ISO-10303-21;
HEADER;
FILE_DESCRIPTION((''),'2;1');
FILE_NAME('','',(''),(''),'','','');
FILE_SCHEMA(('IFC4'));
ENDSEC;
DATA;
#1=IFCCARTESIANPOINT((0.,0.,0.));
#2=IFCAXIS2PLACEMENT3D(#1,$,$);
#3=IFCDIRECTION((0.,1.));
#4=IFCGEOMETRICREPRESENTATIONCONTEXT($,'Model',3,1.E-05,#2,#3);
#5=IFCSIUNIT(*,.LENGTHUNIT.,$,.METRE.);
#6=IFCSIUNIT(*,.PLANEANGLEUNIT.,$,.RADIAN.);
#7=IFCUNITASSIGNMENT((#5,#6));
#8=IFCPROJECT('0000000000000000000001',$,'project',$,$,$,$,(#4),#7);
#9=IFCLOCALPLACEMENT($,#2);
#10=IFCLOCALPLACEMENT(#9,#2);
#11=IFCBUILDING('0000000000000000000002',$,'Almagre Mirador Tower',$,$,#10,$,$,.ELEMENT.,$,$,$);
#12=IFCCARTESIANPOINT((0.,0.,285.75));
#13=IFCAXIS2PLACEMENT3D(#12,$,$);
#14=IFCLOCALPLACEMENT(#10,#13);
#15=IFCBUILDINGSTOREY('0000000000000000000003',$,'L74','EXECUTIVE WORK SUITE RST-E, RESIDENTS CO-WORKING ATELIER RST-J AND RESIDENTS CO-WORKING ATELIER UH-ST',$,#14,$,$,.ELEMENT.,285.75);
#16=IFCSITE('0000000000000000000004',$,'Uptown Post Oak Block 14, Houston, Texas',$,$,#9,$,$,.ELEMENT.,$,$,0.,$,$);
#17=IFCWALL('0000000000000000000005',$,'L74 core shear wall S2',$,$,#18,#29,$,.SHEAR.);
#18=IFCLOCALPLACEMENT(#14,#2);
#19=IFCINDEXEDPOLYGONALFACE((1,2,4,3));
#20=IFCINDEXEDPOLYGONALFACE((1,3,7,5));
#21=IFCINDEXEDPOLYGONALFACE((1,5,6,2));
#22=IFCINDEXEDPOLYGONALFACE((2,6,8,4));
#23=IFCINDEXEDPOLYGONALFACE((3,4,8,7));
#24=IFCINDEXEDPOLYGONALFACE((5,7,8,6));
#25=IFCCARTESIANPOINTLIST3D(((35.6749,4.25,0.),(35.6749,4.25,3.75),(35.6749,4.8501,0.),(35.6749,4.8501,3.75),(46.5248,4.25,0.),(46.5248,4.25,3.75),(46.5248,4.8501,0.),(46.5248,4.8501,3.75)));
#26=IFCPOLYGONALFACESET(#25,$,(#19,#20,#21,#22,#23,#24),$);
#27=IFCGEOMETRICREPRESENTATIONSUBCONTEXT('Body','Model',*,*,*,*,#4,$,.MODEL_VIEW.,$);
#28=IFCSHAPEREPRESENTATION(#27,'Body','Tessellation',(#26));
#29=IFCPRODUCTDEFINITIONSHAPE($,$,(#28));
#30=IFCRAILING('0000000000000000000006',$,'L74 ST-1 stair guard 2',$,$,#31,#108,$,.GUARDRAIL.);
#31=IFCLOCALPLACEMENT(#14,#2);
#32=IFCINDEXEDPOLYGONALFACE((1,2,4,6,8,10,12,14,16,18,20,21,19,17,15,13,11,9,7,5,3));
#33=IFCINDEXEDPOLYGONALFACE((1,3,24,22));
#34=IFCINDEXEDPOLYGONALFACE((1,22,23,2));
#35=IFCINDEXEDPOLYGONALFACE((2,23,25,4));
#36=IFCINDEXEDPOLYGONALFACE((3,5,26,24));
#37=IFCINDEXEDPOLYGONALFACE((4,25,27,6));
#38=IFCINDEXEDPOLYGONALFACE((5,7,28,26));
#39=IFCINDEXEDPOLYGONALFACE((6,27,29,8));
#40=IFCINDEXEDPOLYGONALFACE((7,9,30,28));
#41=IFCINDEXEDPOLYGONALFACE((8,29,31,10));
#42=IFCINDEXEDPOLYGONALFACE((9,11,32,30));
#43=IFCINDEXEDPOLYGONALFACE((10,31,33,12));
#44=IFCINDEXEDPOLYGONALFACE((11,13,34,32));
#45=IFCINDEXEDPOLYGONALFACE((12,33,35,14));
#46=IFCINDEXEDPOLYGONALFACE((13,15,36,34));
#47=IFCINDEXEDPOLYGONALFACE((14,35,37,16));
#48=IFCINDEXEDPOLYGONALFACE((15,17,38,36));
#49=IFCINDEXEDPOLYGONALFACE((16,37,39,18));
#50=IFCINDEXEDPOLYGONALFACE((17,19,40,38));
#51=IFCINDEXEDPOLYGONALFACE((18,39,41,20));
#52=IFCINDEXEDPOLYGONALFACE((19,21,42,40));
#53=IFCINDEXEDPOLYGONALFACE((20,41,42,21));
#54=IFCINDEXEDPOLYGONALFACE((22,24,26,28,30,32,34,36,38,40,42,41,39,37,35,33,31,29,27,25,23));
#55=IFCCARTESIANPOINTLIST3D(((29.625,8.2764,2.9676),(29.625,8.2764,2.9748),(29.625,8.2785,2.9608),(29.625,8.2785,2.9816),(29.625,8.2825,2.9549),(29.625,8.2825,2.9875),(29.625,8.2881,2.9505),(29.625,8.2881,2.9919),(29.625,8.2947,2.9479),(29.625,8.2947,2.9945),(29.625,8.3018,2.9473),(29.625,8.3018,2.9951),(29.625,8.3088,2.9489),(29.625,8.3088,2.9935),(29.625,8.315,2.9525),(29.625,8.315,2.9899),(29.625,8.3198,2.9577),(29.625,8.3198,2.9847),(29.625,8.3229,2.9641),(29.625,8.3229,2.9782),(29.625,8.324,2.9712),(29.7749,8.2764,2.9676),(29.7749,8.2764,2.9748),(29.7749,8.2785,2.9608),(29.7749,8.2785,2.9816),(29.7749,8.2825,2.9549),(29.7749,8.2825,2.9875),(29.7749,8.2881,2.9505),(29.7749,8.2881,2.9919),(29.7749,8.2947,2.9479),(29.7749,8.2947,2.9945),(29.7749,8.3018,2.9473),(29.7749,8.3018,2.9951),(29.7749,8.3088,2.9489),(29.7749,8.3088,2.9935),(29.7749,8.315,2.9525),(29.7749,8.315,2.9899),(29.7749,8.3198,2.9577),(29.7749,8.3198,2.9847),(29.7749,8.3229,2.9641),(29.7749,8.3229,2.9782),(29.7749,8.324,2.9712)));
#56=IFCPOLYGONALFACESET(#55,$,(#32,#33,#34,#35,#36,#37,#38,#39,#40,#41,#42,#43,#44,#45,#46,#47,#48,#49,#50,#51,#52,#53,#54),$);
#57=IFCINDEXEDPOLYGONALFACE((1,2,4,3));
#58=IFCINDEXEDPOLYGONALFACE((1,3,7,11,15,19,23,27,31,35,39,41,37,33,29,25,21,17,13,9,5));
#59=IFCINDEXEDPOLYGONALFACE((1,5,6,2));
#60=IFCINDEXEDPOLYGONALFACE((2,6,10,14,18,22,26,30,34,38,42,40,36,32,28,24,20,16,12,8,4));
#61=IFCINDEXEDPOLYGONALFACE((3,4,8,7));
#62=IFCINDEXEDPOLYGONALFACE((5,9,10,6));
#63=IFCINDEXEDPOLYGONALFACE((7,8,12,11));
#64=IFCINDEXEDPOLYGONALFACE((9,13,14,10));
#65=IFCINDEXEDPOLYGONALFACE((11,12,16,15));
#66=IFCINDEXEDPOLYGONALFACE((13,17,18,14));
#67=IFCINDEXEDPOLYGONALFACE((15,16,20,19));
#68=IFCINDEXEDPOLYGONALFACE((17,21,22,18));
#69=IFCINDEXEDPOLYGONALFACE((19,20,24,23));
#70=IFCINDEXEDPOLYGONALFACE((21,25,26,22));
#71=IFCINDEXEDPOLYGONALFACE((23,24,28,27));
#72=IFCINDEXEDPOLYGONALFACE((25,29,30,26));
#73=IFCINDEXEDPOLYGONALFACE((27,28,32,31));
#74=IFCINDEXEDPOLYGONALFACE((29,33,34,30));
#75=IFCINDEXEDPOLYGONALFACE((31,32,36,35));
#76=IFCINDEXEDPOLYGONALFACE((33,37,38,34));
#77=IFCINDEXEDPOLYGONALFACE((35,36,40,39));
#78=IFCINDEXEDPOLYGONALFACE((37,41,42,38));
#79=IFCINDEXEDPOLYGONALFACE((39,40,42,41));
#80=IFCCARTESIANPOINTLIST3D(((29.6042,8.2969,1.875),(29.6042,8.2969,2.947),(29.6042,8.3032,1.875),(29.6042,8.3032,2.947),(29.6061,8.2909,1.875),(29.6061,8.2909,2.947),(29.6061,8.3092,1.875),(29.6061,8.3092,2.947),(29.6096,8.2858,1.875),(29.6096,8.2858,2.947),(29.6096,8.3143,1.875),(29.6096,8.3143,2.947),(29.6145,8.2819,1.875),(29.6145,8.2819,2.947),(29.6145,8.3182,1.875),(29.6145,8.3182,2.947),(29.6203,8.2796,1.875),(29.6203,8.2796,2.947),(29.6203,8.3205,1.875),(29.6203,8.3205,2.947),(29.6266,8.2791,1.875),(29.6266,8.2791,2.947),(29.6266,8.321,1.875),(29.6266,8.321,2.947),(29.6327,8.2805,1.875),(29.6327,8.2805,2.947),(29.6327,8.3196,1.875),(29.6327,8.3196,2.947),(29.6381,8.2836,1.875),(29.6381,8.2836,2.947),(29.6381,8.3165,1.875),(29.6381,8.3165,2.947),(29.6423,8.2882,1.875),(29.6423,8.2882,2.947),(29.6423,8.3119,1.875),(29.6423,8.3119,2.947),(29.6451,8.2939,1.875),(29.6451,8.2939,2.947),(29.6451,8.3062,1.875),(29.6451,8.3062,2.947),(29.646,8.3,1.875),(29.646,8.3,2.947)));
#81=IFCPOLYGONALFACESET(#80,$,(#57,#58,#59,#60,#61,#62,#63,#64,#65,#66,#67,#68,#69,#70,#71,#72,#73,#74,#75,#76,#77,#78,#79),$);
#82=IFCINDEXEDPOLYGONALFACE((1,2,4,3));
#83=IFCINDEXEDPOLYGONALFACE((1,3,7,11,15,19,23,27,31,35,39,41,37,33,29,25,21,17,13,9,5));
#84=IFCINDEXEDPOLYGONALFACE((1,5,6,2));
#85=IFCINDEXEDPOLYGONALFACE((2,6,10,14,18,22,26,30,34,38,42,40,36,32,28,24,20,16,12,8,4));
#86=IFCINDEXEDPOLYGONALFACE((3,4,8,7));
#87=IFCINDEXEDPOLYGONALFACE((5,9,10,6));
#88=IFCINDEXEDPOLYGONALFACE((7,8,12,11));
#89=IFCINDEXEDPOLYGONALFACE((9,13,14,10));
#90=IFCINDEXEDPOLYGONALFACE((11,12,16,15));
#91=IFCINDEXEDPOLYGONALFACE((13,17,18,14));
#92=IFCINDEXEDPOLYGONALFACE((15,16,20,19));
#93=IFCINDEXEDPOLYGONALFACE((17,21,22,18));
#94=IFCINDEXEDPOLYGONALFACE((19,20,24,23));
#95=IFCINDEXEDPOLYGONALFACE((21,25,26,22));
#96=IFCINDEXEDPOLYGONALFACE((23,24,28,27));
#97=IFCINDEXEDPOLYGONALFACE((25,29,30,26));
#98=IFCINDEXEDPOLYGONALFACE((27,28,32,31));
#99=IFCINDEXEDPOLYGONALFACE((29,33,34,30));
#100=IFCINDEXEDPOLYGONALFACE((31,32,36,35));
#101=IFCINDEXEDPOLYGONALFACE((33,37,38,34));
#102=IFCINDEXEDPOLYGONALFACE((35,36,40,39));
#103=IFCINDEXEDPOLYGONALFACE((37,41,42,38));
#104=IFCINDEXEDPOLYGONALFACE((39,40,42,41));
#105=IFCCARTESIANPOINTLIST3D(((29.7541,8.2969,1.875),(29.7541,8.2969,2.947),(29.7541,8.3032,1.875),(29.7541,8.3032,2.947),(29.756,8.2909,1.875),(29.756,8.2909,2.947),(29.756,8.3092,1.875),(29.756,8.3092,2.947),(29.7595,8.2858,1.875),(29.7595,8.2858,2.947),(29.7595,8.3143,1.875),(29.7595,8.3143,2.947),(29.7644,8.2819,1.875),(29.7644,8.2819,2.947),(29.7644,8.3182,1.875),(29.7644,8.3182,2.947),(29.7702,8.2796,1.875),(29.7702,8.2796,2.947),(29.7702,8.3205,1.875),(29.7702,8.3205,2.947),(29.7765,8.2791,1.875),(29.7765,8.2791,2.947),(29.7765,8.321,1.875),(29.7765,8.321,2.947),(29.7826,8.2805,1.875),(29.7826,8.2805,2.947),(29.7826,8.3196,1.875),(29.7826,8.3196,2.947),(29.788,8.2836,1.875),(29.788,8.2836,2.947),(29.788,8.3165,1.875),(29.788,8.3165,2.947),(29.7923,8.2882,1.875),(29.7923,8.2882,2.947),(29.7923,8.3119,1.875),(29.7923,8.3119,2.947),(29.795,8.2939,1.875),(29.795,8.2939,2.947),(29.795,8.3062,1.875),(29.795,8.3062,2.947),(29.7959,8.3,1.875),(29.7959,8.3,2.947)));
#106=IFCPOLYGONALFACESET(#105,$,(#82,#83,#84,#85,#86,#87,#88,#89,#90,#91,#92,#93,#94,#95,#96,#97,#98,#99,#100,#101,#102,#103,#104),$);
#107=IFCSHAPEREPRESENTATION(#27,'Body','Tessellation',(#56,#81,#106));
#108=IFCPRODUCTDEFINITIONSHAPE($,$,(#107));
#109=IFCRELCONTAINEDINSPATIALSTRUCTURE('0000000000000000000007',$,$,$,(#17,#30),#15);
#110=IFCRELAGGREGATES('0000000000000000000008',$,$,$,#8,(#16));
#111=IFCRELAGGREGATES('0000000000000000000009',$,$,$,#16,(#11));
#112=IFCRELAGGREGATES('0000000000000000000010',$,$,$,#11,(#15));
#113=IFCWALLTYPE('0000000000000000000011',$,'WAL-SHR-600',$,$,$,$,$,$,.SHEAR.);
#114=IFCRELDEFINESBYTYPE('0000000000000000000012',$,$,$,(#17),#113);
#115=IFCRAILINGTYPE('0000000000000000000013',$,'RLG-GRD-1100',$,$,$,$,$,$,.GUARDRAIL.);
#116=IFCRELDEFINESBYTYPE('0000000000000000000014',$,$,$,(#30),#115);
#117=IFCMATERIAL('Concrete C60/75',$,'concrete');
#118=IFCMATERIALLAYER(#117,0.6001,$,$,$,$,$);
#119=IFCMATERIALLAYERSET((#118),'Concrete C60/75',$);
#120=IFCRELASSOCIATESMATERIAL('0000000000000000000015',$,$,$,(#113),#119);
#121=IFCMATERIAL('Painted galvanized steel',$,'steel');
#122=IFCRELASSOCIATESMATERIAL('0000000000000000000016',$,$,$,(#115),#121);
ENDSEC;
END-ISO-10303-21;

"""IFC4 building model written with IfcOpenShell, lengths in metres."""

from ifc_helpers import new_model, si_unit, direction, frame, frame_2d, origin, origin_2d, place, context, subcontext, project, spatial, rectangle, circle, extrude, material, layer, layer_set, type_object, element, save


model = new_model("IFC4")

# Units and contexts
model_context = context("Model", 3, precision=1e-05, world=origin(), true_north=direction((0.0, 1.0)))
body_context = subcontext(model_context, "Body", "Model", "MODEL_VIEW")
ifc_project = project(units=[si_unit("LENGTHUNIT", "METRE"), si_unit("PLANEANGLEUNIT", "RADIAN")], contexts=[model_context])

# Site, building, storey
site_placement = place(None, origin())
site = spatial("IfcSite", under=ifc_project, at=site_placement, Name="Uptown Post Oak Block 14, Houston, Texas", CompositionType="ELEMENT", RefElevation=0.0)
building_placement = place(site_placement, origin())
building = spatial("IfcBuilding", under=site, at=building_placement, Name="Almagre Mirador Tower", CompositionType="ELEMENT")
storey_placement = place(building_placement, frame((0.0, 0.0, 285.75)))
storey = spatial("IfcBuildingStorey", under=building, at=storey_placement, Name="L74", Description="EXECUTIVE WORK SUITE RST-E, RESIDENTS CO-WORKING ATELIER RST-J AND RESIDENTS CO-WORKING ATELIER UH-ST", CompositionType="ELEMENT", Elevation=285.75)

# Wall
ifc_material_1 = material(Name="Concrete C60/75", Category="concrete")
ifc_layer_1 = layer(ifc_material_1, 0.6001)
ifc_layer_set_1 = layer_set([ifc_layer_1], Name="Concrete C60/75")
wall_type_1 = type_object("IfcWallType", Name="WAL-SHR-600", PredefinedType="SHEAR", material=ifc_layer_set_1)
wall_1_placement = place(storey_placement, frame((35.675, 4.55, 0.0), z_axis=(0.0, 0.0, 1.0), x_axis=(1.0, 0.0, 0.0)))
element("IfcWall", 1, at=wall_1_placement, inside=storey, type_object=wall_type_1, Name="L74 core shear wall S2", PredefinedType="SHEAR", context=body_context, shape_type="SweptSolid", body=[
    extrude(rectangle(XDim=10.8499, YDim=0.6001, at=frame_2d((5.4248, 0.0))), origin(), (0.0, 0.0, 1.0), 3.75),
])

# Railing
ifc_material_2 = material(Name="Painted galvanized steel", Category="steel")
railing_type = type_object("IfcRailingType", Name="RLG-GRD-1100", PredefinedType="GUARDRAIL", material=ifc_material_2)
railing_placement = place(storey_placement, frame((29.625, 8.3, 1.875)))
element("IfcRailing", 2, at=railing_placement, inside=storey, type_object=railing_type, Name="L74 ST-1 stair guard 2", PredefinedType="GUARDRAIL", context=body_context, shape_type="SweptSolid", body=[
    extrude(circle(Radius=0.0239, at=origin_2d()), frame((0.0, 0.0, 1.0962), z_axis=(1.0, 0.0, 0.0), x_axis=(0.0, 1.0, 0.0)), (0.0, 0.0, 1.0), 0.1499),
    extrude(circle(Radius=0.021, at=origin_2d()), origin(), (0.0, 0.0, 1.0), 1.072),
    extrude(circle(Radius=0.021, at=origin_2d()), frame((0.1499, 0.0, 0.0)), (0.0, 0.0, 1.0), 1.072),
])

save(model, "model.ifc")
